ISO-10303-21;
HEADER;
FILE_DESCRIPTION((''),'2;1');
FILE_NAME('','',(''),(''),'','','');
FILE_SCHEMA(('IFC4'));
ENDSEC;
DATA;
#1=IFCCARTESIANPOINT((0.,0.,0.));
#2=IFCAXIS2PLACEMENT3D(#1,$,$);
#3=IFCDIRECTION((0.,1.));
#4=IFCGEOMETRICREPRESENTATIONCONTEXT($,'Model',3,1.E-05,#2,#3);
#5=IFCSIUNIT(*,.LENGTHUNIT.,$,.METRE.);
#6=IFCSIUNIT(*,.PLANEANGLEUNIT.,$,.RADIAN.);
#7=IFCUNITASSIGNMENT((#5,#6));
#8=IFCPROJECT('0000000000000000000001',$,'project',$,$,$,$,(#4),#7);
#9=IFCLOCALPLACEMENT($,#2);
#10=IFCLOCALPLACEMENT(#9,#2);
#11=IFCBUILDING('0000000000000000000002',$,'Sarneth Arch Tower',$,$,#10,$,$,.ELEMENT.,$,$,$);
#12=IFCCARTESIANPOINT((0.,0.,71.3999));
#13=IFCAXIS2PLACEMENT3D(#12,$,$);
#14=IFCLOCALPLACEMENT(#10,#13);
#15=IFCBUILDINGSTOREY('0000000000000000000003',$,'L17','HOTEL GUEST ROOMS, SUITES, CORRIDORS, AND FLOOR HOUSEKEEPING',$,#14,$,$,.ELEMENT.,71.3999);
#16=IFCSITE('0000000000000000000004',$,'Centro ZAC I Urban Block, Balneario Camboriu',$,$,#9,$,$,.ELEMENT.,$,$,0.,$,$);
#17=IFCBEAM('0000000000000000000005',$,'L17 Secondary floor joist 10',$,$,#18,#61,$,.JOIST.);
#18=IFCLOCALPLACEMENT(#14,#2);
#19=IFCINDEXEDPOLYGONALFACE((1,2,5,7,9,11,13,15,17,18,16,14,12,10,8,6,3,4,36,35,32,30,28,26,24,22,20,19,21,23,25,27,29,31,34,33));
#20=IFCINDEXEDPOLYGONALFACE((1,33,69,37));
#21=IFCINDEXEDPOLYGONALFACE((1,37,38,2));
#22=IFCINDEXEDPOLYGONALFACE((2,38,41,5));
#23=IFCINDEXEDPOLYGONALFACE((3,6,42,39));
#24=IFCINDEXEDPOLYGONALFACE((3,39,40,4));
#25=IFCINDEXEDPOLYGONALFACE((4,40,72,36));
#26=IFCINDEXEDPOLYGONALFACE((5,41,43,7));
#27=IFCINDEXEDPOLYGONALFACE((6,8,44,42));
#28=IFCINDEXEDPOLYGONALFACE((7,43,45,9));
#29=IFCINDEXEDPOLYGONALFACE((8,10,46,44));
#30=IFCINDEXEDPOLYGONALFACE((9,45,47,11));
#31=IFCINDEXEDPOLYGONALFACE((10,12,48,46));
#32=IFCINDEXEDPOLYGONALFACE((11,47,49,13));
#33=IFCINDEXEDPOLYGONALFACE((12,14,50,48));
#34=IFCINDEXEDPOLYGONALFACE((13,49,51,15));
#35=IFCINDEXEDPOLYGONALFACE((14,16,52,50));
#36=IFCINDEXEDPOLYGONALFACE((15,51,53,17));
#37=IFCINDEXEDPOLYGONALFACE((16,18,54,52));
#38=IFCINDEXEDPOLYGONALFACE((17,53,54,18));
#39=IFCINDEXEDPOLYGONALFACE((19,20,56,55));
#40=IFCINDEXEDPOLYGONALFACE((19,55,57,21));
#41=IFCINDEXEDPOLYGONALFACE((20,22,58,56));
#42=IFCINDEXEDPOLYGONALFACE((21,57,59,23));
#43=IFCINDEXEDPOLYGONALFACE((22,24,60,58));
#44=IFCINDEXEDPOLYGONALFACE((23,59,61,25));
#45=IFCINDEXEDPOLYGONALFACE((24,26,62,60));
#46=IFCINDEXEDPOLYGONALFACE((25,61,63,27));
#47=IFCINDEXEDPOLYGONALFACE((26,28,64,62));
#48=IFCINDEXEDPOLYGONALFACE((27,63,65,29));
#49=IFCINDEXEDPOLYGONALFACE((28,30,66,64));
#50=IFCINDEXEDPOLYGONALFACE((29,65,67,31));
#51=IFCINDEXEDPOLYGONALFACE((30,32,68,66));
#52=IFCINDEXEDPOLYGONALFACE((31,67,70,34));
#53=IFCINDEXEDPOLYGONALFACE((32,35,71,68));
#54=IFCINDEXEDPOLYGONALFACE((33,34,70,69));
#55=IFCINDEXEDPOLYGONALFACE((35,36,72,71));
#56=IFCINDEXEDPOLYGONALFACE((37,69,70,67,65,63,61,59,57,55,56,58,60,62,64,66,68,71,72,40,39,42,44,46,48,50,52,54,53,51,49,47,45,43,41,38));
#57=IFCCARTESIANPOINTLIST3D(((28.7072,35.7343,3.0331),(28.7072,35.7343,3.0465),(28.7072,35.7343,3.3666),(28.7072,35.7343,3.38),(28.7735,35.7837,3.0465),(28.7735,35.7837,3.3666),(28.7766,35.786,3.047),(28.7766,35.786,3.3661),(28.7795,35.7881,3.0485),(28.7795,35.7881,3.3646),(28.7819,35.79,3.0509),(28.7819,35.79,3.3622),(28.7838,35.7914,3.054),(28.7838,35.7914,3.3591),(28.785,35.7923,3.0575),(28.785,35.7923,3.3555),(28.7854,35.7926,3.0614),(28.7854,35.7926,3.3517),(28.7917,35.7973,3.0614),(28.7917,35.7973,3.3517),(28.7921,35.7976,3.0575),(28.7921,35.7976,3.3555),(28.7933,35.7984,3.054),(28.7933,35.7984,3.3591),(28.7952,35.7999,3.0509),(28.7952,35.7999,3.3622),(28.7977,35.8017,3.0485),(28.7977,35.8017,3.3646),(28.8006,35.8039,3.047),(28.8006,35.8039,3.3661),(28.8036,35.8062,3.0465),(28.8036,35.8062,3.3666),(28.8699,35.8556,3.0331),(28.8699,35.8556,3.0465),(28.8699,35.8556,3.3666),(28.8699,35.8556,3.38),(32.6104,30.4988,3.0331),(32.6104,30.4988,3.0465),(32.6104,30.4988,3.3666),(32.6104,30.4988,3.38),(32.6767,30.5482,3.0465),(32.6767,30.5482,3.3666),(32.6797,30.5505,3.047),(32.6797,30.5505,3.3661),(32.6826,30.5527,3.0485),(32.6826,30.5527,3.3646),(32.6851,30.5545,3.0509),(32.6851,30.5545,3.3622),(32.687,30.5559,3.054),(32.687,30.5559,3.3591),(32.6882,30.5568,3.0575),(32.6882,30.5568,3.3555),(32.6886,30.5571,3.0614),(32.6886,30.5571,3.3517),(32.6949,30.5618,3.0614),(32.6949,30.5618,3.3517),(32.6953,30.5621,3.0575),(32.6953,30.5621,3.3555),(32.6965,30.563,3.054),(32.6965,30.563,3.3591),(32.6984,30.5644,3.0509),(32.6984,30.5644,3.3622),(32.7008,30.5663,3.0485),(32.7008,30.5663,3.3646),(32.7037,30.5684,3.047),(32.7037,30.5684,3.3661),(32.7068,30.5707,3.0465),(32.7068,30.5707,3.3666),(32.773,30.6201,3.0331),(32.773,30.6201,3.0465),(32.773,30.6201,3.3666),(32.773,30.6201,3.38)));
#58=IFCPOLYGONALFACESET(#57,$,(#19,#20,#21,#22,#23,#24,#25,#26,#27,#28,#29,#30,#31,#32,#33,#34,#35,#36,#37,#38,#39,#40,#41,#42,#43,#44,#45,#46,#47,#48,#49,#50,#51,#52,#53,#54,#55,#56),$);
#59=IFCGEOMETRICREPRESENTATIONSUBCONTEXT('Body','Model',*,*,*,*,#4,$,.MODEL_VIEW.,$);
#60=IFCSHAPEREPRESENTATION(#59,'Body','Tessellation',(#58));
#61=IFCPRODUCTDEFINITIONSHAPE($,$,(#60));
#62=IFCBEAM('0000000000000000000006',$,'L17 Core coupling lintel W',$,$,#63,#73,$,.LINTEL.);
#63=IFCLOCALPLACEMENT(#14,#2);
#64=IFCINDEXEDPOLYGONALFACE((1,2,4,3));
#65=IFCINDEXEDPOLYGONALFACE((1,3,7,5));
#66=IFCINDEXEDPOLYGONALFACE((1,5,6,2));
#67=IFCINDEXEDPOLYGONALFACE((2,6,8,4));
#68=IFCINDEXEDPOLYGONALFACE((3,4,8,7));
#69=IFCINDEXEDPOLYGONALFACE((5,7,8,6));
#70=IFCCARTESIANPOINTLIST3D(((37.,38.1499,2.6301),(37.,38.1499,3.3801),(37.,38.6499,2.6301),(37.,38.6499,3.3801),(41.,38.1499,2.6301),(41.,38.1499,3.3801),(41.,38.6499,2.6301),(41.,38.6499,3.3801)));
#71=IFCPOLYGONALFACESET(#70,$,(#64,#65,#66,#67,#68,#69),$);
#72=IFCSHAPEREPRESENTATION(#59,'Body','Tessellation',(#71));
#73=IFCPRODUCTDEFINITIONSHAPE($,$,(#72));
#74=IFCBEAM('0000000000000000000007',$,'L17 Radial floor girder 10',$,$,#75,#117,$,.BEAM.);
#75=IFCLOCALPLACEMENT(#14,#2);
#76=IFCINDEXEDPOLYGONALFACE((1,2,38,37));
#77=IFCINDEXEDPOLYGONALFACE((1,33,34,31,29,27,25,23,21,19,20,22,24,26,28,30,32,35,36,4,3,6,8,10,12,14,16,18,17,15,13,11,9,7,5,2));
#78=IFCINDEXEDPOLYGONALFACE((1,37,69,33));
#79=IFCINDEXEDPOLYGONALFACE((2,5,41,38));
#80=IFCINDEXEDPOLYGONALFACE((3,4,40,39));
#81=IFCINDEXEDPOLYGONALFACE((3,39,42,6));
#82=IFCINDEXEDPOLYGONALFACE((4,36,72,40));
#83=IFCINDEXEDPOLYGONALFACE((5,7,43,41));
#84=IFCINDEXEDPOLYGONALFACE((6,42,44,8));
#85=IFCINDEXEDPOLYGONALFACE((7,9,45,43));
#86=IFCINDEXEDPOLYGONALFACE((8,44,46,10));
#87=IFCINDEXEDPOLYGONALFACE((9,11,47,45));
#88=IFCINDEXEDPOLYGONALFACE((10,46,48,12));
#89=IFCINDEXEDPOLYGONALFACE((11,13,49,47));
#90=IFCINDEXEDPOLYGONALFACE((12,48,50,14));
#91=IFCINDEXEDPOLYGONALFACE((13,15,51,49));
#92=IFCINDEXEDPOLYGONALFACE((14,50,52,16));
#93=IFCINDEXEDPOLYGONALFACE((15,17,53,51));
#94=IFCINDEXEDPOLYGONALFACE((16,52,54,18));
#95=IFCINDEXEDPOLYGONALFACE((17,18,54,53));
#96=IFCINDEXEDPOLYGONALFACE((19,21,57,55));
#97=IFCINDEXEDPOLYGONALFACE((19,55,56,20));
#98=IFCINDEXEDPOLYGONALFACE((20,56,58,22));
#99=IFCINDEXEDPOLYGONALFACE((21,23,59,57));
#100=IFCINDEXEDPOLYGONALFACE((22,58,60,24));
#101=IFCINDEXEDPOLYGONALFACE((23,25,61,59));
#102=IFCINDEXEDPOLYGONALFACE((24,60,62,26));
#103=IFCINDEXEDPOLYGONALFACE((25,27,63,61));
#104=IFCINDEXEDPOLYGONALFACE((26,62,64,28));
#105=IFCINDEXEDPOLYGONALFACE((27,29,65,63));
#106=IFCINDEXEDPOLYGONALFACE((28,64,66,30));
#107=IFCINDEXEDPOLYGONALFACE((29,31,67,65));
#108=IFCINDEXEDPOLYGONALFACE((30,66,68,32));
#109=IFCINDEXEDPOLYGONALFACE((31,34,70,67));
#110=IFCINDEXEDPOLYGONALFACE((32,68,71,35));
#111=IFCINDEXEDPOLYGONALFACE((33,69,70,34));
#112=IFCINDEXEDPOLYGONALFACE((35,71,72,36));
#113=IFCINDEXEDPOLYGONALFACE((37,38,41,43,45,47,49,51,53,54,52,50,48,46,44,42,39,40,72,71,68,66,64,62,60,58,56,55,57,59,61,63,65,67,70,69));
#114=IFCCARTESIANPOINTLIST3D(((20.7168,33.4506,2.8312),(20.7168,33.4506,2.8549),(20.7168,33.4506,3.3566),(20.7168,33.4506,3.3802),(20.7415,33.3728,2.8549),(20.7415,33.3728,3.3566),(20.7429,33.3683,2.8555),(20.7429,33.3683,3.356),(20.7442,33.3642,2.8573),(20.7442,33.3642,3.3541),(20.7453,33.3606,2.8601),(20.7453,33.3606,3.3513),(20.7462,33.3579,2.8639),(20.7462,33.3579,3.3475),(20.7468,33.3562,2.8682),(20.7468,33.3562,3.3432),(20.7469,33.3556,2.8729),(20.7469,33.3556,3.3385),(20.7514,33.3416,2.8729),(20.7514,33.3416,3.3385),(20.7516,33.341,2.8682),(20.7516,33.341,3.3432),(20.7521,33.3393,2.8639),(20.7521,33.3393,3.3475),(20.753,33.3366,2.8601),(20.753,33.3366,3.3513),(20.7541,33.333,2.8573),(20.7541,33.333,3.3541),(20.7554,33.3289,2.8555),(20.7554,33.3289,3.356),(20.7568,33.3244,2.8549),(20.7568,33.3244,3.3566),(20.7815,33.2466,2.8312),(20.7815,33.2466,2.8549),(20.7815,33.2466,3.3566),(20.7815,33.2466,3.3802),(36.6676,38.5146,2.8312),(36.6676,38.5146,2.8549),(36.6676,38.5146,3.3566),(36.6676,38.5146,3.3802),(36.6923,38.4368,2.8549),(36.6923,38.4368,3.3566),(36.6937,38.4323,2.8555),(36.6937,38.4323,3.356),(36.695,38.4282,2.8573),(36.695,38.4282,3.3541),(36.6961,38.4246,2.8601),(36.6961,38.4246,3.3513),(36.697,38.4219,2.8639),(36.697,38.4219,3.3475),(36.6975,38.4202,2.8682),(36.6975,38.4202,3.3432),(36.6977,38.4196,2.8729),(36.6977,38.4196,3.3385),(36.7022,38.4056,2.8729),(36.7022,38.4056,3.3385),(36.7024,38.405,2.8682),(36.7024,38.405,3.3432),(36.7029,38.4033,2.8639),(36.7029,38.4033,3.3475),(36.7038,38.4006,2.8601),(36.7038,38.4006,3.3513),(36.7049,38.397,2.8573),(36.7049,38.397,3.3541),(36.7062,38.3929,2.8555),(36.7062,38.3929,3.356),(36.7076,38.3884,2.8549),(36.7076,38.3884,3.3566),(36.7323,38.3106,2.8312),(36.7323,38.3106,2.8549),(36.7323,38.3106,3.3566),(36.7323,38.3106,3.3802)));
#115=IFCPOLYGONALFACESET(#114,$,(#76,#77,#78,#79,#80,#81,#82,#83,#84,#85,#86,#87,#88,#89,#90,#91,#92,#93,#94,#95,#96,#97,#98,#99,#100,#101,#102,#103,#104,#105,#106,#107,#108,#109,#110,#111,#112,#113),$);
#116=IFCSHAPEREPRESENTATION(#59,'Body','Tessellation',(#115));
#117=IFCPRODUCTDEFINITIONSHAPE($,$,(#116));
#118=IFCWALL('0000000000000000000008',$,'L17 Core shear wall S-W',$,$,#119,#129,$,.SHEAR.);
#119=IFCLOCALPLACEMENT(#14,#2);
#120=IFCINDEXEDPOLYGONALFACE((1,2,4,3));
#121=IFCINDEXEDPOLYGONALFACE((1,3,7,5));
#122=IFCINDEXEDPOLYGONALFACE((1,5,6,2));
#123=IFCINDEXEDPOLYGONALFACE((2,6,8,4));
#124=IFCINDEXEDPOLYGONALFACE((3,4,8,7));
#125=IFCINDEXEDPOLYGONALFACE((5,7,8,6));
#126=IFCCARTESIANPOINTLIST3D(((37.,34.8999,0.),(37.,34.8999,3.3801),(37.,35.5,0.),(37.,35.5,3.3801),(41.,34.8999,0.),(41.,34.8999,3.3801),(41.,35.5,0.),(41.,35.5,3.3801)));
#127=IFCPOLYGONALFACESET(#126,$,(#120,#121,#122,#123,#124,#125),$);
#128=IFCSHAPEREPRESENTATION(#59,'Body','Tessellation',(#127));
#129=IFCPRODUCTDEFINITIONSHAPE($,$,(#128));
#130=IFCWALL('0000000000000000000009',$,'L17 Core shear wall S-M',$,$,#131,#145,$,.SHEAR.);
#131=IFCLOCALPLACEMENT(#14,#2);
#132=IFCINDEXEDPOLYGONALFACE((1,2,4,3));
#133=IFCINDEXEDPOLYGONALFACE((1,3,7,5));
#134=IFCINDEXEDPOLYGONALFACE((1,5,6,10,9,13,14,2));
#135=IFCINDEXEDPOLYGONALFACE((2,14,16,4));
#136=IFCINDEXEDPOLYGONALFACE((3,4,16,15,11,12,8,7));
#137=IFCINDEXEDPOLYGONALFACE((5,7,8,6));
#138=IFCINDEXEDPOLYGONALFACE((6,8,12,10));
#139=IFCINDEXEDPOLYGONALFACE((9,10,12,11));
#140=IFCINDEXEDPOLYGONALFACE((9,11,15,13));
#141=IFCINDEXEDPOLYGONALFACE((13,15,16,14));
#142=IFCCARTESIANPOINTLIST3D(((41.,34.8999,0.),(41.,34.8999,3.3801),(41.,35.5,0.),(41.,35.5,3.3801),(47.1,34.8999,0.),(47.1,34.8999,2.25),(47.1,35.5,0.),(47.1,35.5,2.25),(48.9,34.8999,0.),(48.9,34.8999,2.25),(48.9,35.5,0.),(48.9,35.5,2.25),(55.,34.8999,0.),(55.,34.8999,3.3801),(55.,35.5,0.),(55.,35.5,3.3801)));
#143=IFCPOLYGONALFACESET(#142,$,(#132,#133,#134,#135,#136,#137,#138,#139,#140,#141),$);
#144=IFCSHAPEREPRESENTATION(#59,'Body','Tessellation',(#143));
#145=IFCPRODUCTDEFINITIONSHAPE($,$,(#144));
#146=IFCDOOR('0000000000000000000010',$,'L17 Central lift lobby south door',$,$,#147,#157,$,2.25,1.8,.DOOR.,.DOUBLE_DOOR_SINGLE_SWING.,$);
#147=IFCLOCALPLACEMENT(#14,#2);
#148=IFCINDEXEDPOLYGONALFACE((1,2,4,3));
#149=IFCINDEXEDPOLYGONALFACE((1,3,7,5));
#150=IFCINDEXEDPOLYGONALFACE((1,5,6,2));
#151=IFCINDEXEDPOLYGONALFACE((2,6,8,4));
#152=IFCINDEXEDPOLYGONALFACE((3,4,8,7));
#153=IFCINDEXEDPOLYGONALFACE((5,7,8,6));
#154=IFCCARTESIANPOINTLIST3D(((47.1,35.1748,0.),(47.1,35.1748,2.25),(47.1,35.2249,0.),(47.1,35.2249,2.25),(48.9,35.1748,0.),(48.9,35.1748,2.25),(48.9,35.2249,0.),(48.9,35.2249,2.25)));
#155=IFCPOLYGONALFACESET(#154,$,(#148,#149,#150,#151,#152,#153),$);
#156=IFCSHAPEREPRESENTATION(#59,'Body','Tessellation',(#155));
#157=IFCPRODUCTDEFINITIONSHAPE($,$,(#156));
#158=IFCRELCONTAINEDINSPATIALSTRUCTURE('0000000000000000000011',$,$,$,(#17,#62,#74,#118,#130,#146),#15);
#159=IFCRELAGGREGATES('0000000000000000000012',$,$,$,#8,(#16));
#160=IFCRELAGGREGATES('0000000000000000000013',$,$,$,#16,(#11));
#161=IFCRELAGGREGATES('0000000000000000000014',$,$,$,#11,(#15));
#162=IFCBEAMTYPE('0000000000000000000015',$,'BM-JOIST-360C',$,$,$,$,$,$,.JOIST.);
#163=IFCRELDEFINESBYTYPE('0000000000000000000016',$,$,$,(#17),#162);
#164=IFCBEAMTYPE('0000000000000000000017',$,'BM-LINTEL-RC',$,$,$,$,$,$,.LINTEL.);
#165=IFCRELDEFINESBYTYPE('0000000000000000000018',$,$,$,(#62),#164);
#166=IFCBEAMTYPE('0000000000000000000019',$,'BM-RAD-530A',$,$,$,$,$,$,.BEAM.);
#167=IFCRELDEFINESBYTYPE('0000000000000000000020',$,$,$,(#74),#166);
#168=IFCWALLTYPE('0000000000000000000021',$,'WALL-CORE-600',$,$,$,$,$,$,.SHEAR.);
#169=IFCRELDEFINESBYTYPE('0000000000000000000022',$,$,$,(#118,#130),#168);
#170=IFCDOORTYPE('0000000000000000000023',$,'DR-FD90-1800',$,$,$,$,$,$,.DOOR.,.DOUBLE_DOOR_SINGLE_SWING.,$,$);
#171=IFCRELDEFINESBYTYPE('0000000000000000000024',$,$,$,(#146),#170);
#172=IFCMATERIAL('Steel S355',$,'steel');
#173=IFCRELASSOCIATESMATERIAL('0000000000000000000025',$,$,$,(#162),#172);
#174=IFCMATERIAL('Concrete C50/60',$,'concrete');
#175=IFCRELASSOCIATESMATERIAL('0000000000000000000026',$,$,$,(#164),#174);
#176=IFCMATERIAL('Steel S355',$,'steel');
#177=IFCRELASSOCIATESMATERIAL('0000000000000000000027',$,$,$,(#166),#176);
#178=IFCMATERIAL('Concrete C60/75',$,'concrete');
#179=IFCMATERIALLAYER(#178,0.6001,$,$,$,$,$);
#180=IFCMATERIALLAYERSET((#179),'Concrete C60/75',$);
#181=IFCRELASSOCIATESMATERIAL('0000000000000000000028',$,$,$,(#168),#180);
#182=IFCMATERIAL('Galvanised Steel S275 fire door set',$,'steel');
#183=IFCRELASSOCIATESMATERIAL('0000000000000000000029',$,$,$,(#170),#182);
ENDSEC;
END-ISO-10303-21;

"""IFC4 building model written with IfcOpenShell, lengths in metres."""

from ifc_helpers import new_model, si_unit, direction, frame, frame_2d, origin, origin_2d, place, context, subcontext, project, spatial, rectangle, i_section, extrude, material, layer, layer_set, material_profile, profile_set, type_object, element, fill, save


model = new_model("IFC4")

# Units and contexts
model_context = context("Model", 3, precision=1e-05, world=origin(), true_north=direction((0.0, 1.0)))
body_context = subcontext(model_context, "Body", "Model", "MODEL_VIEW")
ifc_project = project(units=[si_unit("LENGTHUNIT", "METRE"), si_unit("PLANEANGLEUNIT", "RADIAN")], contexts=[model_context])

# Site, building, storey
site_placement = place(None, origin())
site = spatial("IfcSite", under=ifc_project, at=site_placement, Name="Centro ZAC I Urban Block, Balneario Camboriu", CompositionType="ELEMENT", RefElevation=0.0)
building_placement = place(site_placement, origin())
building = spatial("IfcBuilding", under=site, at=building_placement, Name="Sarneth Arch Tower", CompositionType="ELEMENT")
storey_placement = place(building_placement, frame((0.0, 0.0, 71.3999)))
storey = spatial("IfcBuildingStorey", under=building, at=storey_placement, Name="L17", Description="HOTEL GUEST ROOMS, SUITES, CORRIDORS, AND FLOOR HOUSEKEEPING", CompositionType="ELEMENT", Elevation=71.3999)

# Beams
ifc_material_1 = material(Name="Steel S355", Category="steel")
ifc_material_profile_1 = material_profile(ifc_material_1, i_section(OverallWidth=0.2029, OverallDepth=0.3469, WebThickness=0.0078, FlangeThickness=0.0134, FilletRadius=0.0149, at=origin_2d()), Name="W360x64")
ifc_profile_set_1 = profile_set([ifc_material_profile_1], Name="Steel S355")
beam_type_1 = type_object("IfcBeamType", Name="BM-JOIST-360C", PredefinedType="JOIST", material=ifc_profile_set_1)
beam_1_placement = place(storey_placement, frame((28.7886, 35.7949, 3.2065), z_axis=(0.5977, -0.801719, 0.0), x_axis=(0.801719, 0.5977, 0.0)))
element("IfcBeam", 1, at=beam_1_placement, inside=storey, type_object=beam_type_1, Name="L17 Secondary floor joist 10", PredefinedType="JOIST", context=body_context, shape_type="SweptSolid", body=[
    extrude(i_section(OverallWidth=0.2029, OverallDepth=0.3469, WebThickness=0.0078, FlangeThickness=0.0134, FilletRadius=0.0149, at=origin_2d()), origin(), (0.0, 0.0, 1.0), 6.5303),
])
ifc_material_2 = material(Name="Concrete C50/60", Category="concrete")
ifc_material_profile_2 = material_profile(ifc_material_2, rectangle(XDim=0.5, YDim=0.75, at=origin_2d()), Name="RC-500x750")
ifc_profile_set_2 = profile_set([ifc_material_profile_2], Name="Concrete C50/60")
beam_type_2 = type_object("IfcBeamType", Name="BM-LINTEL-RC", PredefinedType="LINTEL", material=ifc_profile_set_2)
beam_2_placement = place(storey_placement, frame((37.0, 38.3999, 3.0051), z_axis=(1.0, 0.0, 0.0), x_axis=(0.0, 1.0, 0.0)))
element("IfcBeam", 2, at=beam_2_placement, inside=storey, type_object=beam_type_2, Name="L17 Core coupling lintel W", PredefinedType="LINTEL", context=body_context, shape_type="SweptSolid", body=[
    extrude(rectangle(XDim=0.5, YDim=0.75, at=origin_2d()), origin(), (0.0, 0.0, 1.0), 4.0),
])
ifc_material_3 = material(Name="Steel S355", Category="steel")
ifc_material_profile_3 = material_profile(ifc_material_3, i_section(OverallWidth=0.2141, OverallDepth=0.5491, WebThickness=0.0146, FlangeThickness=0.0237, FilletRadius=0.0181, at=origin_2d()), Name="W530x138")
ifc_profile_set_3 = profile_set([ifc_material_profile_3], Name="Steel S355")
beam_type_3 = type_object("IfcBeamType", Name="BM-RAD-530A", PredefinedType="BEAM", material=ifc_profile_set_3)
beam_3_placement = place(storey_placement, frame((36.7, 38.4126, 3.1057), z_axis=(-0.95312, -0.302593, 0.0), x_axis=(0.302593, -0.95312, 0.0)))
element("IfcBeam", 3, at=beam_3_placement, inside=storey, type_object=beam_type_3, Name="L17 Radial floor girder 10", PredefinedType="BEAM", context=body_context, shape_type="SweptSolid", body=[
    extrude(i_section(OverallWidth=0.2141, OverallDepth=0.5491, WebThickness=0.0146, FlangeThickness=0.0237, FilletRadius=0.0181, at=origin_2d()), origin(), (0.0, 0.0, 1.0), 16.7354),
])

# Wall
ifc_material_4 = material(Name="Concrete C60/75", Category="concrete")
ifc_layer_1 = layer(ifc_material_4, 0.6001)
ifc_layer_set_1 = layer_set([ifc_layer_1], Name="Concrete C60/75")
wall_type_1 = type_object("IfcWallType", Name="WALL-CORE-600", PredefinedType="SHEAR", material=ifc_layer_set_1)
wall_1_placement = place(storey_placement, frame((37.0, 35.2, 0.0), z_axis=(0.0, 0.0, 1.0), x_axis=(1.0, 0.0, 0.0)))
element("IfcWall", 4, at=wall_1_placement, inside=storey, type_object=wall_type_1, Name="L17 Core shear wall S-W", PredefinedType="SHEAR", context=body_context, shape_type="SweptSolid", body=[
    extrude(rectangle(XDim=4.0, YDim=0.6001, at=frame_2d((2.0, 0.0))), origin(), (0.0, 0.0, 1.0), 3.3801),
])

# Wall, opening, door
wall_2_placement = place(storey_placement, frame((41.0, 35.2, 0.0), z_axis=(0.0, 0.0, 1.0), x_axis=(1.0, 0.0, 0.0)))
wall_2 = element("IfcWall", 5, at=wall_2_placement, inside=storey, type_object=wall_type_1, Name="L17 Core shear wall S-M", PredefinedType="SHEAR", context=body_context, shape_type="SweptSolid", body=[
    extrude(rectangle(XDim=14.0, YDim=0.6001, at=frame_2d((7.0, 0.0))), origin(), (0.0, 0.0, 1.0), 3.3801),
])
opening_1_placement = place(wall_2_placement, frame((6.1001, 0.0, 0.0)))
opening_1 = element("IfcOpeningElement", 6, at=opening_1_placement, cuts=wall_2, PredefinedType="OPENING", context=body_context, shape_type="SweptSolid", body=[
    extrude(rectangle(XDim=1.8, YDim=2.25, at=frame_2d((0.8999, 1.125))), frame((0.0, 0.3101, 0.0), z_axis=(0.0, -1.0, 0.0), x_axis=(1.0, 0.0, 0.0)), (0.0, 0.0, 1.0), 0.6201),
])
ifc_material_5 = material(Name="Galvanised Steel S275 fire door set", Category="steel")
door_type_1 = type_object("IfcDoorType", Name="DR-FD90-1800", OperationType="DOUBLE_DOOR_SINGLE_SWING", PredefinedType="DOOR", material=ifc_material_5)
door_1_placement = place(opening_1_placement, origin())
door_1 = element("IfcDoor", 7, at=door_1_placement, inside=storey, type_object=door_type_1, Name="L17 Central lift lobby south door", OperationType="DOUBLE_DOOR_SINGLE_SWING", OverallHeight=2.25, OverallWidth=1.8, PredefinedType="DOOR", context=body_context, shape_type="SweptSolid", body=[
    extrude(rectangle(XDim=1.8, YDim=2.25, at=frame_2d((0.8999, 1.125))), frame((0.0, 0.0249, 0.0), z_axis=(0.0, -1.0, 0.0), x_axis=(1.0, 0.0, 0.0)), (0.0, 0.0, 1.0), 0.05),
])
fill(opening_1, door_1)

save(model, "model.ifc")
